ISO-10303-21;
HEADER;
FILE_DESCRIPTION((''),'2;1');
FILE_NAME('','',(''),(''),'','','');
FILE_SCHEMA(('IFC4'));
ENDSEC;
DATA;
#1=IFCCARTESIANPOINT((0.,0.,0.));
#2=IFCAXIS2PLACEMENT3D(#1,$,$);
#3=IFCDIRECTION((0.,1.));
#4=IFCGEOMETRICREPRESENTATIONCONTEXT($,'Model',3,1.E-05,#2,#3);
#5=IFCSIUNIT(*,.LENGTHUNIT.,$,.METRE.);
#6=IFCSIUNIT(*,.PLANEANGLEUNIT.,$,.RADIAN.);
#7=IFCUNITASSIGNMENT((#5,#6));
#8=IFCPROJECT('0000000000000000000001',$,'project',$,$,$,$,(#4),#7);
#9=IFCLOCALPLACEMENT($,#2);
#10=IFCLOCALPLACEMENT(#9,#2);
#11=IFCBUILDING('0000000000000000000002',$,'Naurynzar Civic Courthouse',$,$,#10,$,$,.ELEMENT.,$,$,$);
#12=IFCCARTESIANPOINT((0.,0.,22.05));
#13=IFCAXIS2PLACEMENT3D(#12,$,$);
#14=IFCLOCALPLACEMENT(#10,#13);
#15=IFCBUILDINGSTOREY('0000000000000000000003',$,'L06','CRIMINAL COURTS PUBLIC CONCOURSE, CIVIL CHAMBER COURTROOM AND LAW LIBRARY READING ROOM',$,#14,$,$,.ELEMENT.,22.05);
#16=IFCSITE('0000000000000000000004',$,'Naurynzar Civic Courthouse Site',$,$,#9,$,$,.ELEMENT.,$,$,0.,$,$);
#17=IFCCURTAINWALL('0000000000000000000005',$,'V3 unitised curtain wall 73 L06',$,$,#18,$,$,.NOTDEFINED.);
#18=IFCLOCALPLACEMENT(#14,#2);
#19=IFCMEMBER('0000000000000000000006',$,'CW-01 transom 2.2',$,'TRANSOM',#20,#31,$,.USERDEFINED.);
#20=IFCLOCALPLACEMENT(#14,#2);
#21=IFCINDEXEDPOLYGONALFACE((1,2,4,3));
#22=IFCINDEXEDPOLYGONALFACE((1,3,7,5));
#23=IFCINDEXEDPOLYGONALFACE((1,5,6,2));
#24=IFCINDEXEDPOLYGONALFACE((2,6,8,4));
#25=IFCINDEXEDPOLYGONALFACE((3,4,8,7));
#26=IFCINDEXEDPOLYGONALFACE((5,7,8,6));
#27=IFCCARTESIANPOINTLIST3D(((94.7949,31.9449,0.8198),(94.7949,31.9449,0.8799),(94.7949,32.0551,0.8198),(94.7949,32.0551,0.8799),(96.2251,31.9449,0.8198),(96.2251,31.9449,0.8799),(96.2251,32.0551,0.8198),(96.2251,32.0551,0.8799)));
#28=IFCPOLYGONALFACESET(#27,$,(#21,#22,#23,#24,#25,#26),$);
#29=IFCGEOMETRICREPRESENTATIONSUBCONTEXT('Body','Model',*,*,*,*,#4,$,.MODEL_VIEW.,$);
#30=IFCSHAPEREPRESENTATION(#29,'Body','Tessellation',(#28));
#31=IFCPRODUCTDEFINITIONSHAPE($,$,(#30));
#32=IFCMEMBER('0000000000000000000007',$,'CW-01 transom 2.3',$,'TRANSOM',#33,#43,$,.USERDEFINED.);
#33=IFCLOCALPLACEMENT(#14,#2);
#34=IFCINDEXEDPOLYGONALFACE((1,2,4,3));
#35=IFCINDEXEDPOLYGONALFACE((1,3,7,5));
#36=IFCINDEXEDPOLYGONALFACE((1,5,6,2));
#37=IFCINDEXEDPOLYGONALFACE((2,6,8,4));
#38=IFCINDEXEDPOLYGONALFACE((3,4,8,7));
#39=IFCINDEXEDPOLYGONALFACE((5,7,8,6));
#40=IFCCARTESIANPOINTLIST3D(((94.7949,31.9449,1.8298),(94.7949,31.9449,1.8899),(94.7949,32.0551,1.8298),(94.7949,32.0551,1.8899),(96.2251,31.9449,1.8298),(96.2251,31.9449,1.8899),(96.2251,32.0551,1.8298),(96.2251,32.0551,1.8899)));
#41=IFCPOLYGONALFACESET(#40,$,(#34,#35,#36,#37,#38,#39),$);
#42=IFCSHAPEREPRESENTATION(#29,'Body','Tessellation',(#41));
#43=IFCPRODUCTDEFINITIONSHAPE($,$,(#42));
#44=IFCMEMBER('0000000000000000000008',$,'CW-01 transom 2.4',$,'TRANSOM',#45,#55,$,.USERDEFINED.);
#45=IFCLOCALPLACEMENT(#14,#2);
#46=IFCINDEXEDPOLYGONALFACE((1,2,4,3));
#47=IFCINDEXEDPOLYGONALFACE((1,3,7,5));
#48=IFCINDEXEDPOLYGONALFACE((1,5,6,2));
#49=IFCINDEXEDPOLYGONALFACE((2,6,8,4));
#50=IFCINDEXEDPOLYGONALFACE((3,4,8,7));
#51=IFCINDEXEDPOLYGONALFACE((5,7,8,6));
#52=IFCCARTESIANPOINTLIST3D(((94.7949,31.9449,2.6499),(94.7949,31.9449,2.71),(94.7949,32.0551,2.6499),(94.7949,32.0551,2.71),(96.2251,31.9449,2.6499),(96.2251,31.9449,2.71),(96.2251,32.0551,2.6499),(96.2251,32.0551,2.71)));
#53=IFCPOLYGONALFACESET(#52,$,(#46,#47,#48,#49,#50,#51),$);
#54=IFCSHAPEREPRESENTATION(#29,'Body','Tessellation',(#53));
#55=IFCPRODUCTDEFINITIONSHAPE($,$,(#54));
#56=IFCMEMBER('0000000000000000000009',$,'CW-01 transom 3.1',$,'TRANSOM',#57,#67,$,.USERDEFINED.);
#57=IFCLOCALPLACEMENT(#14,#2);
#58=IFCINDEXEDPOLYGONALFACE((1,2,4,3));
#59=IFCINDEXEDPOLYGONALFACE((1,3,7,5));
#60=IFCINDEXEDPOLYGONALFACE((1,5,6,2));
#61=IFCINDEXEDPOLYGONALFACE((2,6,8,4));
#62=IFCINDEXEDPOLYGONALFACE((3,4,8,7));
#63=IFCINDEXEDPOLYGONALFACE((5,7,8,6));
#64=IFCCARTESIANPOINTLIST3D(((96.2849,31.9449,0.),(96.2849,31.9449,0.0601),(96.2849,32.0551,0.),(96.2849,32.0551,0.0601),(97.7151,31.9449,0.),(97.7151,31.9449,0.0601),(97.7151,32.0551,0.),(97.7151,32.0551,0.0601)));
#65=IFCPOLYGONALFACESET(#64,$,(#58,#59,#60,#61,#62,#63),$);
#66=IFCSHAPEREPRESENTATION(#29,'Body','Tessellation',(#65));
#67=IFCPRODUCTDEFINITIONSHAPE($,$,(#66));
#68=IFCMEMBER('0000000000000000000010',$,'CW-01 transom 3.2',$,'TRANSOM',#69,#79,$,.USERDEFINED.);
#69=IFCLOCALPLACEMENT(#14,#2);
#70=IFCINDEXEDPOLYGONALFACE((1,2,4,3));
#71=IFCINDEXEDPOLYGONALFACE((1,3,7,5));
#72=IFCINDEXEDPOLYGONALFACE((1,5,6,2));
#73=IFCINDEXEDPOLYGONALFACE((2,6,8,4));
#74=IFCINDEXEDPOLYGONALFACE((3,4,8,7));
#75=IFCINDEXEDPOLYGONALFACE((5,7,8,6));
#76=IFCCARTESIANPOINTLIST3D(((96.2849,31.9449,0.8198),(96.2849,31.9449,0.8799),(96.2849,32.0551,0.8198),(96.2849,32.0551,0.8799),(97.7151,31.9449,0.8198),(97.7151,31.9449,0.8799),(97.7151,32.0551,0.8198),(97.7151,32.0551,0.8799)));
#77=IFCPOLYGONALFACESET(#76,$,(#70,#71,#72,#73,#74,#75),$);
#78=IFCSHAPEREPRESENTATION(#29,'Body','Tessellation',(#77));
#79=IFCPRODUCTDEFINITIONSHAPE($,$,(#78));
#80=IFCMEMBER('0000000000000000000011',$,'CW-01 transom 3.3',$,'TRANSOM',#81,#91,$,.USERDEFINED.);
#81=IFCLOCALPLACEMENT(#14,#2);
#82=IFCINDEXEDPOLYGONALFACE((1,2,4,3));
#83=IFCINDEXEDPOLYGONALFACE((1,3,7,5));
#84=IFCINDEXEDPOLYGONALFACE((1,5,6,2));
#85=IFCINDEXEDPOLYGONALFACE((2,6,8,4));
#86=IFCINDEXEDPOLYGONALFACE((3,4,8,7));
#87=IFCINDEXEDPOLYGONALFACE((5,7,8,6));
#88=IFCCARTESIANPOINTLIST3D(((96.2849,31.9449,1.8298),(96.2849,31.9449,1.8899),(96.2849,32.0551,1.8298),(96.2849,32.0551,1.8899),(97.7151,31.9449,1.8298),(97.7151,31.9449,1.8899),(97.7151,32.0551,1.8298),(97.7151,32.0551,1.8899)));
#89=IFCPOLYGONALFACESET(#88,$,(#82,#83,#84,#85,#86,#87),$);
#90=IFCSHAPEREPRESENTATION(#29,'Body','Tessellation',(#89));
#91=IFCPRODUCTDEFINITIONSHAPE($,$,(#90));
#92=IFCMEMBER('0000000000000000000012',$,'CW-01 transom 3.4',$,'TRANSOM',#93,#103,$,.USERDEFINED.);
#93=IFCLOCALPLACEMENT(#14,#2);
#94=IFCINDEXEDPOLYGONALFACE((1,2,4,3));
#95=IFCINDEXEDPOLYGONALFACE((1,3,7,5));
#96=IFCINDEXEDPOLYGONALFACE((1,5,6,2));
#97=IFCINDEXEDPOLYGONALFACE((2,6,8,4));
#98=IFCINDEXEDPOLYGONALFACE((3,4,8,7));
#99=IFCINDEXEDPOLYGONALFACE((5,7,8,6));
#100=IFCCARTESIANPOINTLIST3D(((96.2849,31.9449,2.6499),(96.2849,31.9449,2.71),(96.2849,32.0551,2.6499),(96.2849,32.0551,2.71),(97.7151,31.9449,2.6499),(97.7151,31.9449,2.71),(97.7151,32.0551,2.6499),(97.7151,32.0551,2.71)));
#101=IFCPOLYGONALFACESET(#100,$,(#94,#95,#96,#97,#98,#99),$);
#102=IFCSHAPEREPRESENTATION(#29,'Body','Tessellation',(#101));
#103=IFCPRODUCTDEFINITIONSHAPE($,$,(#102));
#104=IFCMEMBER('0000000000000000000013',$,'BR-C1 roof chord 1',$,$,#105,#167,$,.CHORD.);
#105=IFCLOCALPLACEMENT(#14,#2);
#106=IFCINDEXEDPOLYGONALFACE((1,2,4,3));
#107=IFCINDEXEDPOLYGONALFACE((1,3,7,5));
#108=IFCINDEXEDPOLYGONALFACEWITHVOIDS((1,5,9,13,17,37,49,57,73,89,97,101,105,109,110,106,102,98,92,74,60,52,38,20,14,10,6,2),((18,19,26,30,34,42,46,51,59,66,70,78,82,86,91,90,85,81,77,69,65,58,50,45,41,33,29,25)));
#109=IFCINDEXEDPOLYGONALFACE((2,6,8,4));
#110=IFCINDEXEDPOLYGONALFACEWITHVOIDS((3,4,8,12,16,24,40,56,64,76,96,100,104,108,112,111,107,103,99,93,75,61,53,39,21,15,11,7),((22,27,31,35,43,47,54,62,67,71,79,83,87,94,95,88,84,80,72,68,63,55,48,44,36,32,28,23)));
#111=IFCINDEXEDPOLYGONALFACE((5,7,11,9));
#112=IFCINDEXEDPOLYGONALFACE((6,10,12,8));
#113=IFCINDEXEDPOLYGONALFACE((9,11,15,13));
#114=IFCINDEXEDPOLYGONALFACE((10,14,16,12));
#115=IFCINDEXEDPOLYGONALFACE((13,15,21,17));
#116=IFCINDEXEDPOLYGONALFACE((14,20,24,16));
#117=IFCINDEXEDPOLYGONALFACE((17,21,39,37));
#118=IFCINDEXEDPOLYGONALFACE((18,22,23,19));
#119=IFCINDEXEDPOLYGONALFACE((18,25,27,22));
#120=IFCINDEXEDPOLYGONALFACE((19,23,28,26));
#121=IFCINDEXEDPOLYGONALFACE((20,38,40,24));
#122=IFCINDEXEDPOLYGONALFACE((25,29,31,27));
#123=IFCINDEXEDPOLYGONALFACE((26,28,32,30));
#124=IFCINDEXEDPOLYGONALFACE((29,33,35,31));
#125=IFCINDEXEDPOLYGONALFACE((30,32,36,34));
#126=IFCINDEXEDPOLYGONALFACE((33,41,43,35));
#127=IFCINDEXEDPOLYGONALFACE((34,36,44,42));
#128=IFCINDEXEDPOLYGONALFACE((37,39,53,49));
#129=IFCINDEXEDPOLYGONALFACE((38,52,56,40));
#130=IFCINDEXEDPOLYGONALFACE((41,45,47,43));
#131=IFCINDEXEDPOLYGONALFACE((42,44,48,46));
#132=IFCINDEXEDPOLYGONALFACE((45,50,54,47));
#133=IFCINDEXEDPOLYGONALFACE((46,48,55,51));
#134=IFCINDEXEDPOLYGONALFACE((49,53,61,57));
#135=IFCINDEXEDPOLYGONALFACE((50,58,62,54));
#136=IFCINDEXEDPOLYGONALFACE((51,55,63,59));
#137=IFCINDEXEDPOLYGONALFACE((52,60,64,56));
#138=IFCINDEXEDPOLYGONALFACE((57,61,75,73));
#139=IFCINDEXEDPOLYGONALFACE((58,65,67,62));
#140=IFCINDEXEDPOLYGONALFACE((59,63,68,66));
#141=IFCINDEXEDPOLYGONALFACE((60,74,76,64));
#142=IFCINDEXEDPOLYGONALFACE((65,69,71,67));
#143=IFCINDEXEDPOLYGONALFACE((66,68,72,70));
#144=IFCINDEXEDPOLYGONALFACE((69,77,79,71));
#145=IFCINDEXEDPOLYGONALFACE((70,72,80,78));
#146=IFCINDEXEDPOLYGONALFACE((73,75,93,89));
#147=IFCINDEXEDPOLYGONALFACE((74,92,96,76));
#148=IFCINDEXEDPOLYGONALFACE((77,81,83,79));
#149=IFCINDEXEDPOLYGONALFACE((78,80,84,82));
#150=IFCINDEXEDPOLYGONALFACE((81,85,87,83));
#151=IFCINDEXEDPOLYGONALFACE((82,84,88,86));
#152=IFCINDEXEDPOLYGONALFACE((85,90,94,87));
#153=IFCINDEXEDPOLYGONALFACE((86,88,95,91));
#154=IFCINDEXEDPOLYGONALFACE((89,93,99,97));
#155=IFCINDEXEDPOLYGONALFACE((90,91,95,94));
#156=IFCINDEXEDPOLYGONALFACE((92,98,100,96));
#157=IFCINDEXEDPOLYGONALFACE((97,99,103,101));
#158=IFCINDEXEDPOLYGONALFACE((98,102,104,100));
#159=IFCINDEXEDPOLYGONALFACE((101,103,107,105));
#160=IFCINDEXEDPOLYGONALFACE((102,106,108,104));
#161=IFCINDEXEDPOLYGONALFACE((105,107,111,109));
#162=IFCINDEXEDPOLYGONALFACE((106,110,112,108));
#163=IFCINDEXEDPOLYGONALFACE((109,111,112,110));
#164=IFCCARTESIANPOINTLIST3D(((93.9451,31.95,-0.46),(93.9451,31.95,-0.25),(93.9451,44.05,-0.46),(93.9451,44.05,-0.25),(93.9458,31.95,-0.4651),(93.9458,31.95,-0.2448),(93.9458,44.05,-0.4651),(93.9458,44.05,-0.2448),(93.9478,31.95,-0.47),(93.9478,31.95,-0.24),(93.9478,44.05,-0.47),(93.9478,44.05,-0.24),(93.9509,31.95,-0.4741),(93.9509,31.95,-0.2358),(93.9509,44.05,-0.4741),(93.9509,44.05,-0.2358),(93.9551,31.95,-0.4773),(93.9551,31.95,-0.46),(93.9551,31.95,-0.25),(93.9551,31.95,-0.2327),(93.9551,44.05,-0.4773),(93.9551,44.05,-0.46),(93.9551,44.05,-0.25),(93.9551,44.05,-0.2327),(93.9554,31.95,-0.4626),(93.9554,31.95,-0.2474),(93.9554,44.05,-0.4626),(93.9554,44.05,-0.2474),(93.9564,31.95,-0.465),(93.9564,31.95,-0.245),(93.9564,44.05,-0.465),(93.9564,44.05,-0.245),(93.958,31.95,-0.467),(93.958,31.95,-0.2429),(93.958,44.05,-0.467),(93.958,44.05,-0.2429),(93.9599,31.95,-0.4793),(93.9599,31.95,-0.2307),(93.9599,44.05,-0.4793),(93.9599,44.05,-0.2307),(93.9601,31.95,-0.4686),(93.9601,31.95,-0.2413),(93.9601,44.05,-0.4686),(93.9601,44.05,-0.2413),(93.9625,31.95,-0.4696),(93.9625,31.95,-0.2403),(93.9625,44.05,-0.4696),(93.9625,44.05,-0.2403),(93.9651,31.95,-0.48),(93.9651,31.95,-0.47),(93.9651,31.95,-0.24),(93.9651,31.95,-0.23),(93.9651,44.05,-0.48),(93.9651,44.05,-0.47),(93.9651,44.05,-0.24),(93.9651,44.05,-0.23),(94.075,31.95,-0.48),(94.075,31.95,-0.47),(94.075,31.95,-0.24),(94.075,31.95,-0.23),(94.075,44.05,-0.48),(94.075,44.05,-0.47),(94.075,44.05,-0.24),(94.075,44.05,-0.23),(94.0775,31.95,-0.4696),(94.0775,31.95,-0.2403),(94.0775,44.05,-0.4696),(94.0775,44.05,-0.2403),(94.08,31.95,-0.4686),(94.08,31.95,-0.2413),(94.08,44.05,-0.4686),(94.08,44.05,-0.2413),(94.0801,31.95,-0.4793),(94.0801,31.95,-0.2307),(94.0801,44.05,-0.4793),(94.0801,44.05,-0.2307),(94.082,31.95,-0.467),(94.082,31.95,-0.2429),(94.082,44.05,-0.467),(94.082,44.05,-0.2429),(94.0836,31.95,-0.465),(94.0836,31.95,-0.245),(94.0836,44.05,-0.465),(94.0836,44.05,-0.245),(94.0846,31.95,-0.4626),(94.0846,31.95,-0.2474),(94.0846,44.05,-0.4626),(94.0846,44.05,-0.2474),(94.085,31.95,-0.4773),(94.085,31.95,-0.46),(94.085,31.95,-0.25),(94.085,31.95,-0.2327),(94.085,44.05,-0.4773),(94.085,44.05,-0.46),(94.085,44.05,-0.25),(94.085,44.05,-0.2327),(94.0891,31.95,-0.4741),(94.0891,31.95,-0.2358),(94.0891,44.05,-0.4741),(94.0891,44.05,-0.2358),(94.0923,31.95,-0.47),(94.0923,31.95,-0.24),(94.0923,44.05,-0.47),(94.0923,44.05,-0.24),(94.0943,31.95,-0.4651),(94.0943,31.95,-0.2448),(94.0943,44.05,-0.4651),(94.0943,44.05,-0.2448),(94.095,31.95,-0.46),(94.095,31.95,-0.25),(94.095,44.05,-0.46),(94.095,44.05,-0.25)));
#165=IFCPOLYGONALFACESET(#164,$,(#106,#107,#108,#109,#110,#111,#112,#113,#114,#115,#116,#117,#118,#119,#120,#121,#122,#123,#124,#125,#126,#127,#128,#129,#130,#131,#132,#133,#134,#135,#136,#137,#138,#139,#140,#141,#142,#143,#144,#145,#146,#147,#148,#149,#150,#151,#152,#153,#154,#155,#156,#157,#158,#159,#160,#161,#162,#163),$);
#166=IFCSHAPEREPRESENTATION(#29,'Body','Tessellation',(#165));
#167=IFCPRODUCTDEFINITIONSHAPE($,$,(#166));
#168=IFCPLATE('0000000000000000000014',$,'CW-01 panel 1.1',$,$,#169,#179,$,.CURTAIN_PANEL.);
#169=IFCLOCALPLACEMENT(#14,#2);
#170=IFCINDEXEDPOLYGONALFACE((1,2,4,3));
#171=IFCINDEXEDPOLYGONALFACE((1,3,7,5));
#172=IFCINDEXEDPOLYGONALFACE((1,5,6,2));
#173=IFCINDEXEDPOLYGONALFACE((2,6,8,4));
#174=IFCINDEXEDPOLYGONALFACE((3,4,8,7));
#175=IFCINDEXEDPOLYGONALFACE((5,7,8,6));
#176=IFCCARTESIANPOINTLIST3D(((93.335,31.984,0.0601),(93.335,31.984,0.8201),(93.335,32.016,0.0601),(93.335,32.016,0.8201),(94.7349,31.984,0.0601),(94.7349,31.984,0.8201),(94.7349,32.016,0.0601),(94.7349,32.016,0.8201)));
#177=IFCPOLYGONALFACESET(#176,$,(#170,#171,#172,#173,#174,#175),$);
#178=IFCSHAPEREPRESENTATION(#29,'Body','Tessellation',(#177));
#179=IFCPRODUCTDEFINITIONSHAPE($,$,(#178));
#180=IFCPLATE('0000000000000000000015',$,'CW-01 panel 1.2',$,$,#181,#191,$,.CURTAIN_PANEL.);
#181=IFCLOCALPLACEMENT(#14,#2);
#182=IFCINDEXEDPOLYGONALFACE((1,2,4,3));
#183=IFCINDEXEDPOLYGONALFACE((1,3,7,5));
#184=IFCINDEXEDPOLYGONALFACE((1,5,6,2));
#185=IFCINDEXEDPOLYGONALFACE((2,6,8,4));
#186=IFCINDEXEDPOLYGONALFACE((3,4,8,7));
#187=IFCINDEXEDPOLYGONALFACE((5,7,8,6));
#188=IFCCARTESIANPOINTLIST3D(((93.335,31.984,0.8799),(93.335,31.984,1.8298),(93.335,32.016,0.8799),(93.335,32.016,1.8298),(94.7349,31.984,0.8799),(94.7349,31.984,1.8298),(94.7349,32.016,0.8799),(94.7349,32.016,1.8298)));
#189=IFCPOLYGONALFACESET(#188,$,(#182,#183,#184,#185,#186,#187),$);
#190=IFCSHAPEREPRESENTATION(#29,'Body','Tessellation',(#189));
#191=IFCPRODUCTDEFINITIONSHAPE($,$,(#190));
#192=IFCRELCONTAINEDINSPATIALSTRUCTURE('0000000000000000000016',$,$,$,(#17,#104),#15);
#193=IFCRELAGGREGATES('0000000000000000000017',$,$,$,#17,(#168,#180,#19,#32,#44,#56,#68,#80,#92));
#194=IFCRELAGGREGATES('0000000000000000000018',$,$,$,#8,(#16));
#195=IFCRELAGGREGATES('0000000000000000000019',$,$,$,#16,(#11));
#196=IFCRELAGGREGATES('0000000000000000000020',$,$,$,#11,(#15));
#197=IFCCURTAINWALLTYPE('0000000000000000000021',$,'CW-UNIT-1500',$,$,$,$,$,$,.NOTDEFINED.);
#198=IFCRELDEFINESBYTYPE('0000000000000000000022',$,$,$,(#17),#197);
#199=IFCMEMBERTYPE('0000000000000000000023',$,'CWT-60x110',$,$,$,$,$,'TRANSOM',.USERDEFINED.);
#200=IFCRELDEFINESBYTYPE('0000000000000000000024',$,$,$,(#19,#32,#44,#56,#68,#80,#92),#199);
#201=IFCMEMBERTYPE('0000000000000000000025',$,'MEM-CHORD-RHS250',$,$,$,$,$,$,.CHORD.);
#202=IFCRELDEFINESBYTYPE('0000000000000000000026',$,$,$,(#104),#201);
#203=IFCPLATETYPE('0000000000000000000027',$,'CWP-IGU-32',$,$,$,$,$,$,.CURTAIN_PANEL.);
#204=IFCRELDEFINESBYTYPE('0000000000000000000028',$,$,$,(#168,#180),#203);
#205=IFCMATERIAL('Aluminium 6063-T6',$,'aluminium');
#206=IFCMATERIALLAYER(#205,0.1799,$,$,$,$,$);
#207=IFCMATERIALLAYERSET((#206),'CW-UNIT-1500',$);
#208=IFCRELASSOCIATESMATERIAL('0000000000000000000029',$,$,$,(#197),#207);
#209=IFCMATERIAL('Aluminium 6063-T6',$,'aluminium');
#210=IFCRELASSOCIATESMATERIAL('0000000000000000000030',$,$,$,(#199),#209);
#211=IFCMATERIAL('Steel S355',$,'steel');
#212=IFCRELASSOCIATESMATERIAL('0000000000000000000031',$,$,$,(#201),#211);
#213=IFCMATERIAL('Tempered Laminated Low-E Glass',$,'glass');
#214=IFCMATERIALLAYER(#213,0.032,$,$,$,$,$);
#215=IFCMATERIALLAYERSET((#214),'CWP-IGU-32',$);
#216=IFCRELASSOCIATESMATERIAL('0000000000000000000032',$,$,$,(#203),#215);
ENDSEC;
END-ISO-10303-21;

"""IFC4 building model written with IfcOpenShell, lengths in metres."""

from ifc_helpers import new_model, si_unit, direction, frame, origin, origin_2d, place, context, subcontext, project, spatial, rectangle, hollow_rectangle, extrude, material, layer, layer_set, material_profile, profile_set, type_object, element, aggregate, save


model = new_model("IFC4")

# Units and contexts
model_context = context("Model", 3, precision=1e-05, world=origin(), true_north=direction((0.0, 1.0)))
body_context = subcontext(model_context, "Body", "Model", "MODEL_VIEW")
ifc_project = project(units=[si_unit("LENGTHUNIT", "METRE"), si_unit("PLANEANGLEUNIT", "RADIAN")], contexts=[model_context])

# Site, building, storey
site_placement = place(None, origin())
site = spatial("IfcSite", under=ifc_project, at=site_placement, Name="Naurynzar Civic Courthouse Site", CompositionType="ELEMENT", RefElevation=0.0)
building_placement = place(site_placement, origin())
building = spatial("IfcBuilding", under=site, at=building_placement, Name="Naurynzar Civic Courthouse", CompositionType="ELEMENT")
storey_placement = place(building_placement, frame((0.0, 0.0, 22.05)))
storey = spatial("IfcBuildingStorey", under=building, at=storey_placement, Name="L06", Description="CRIMINAL COURTS PUBLIC CONCOURSE, CIVIL CHAMBER COURTROOM AND LAW LIBRARY READING ROOM", CompositionType="ELEMENT", Elevation=22.05)

# Curtain wall, members
ifc_material_1 = material(Name="Aluminium 6063-T6", Category="aluminium")
ifc_layer_1 = layer(ifc_material_1, 0.1799)
ifc_layer_set_1 = layer_set([ifc_layer_1], Name="CW-UNIT-1500")
curtain_wall_type = type_object("IfcCurtainWallType", Name="CW-UNIT-1500", PredefinedType="NOTDEFINED", material=ifc_layer_set_1)
curtain_wall_placement = place(storey_placement, origin())
curtain_wall = element("IfcCurtainWall", 1, at=curtain_wall_placement, inside=storey, type_object=curtain_wall_type, Name="V3 unitised curtain wall 73 L06", PredefinedType="NOTDEFINED")
ifc_material_2 = material(Name="Aluminium 6063-T6", Category="aluminium")
ifc_material_profile_1 = material_profile(ifc_material_2, rectangle(XDim=0.1101, YDim=0.0601, at=origin_2d()), Name="ALU TRANSOM 60x110")
ifc_profile_set_1 = profile_set([ifc_material_profile_1], Name="Aluminium 6063-T6")
member_type_1 = type_object("IfcMemberType", Name="CWT-60x110", ElementType="TRANSOM", PredefinedType="USERDEFINED", material=ifc_profile_set_1)
member_1_placement = place(storey_placement, frame((94.7949, 32.0, 0.8499), z_axis=(1.0, 0.0, 0.0), x_axis=(0.0, 1.0, 0.0)))
member_1 = element("IfcMember", 2, at=member_1_placement, type_object=member_type_1, Name="CW-01 transom 2.2", ObjectType="TRANSOM", PredefinedType="USERDEFINED", context=body_context, shape_type="SweptSolid", body=[
    extrude(rectangle(XDim=0.1101, YDim=0.0601, at=origin_2d()), origin(), (0.0, 0.0, 1.0), 1.4302),
])
member_2_placement = place(storey_placement, frame((94.7949, 32.0, 1.8599), z_axis=(1.0, 0.0, 0.0), x_axis=(0.0, 1.0, 0.0)))
member_2 = element("IfcMember", 3, at=member_2_placement, type_object=member_type_1, Name="CW-01 transom 2.3", ObjectType="TRANSOM", PredefinedType="USERDEFINED", context=body_context, shape_type="SweptSolid", body=[
    extrude(rectangle(XDim=0.1101, YDim=0.0601, at=origin_2d()), origin(), (0.0, 0.0, 1.0), 1.4302),
])
member_3_placement = place(storey_placement, frame((94.7949, 32.0, 2.6799), z_axis=(1.0, 0.0, 0.0), x_axis=(0.0, 1.0, 0.0)))
member_3 = element("IfcMember", 4, at=member_3_placement, type_object=member_type_1, Name="CW-01 transom 2.4", ObjectType="TRANSOM", PredefinedType="USERDEFINED", context=body_context, shape_type="SweptSolid", body=[
    extrude(rectangle(XDim=0.1101, YDim=0.0601, at=origin_2d()), origin(), (0.0, 0.0, 1.0), 1.4302),
])
member_4_placement = place(storey_placement, frame((96.2849, 32.0, 0.03), z_axis=(1.0, 0.0, 0.0), x_axis=(0.0, 1.0, 0.0)))
member_4 = element("IfcMember", 5, at=member_4_placement, type_object=member_type_1, Name="CW-01 transom 3.1", ObjectType="TRANSOM", PredefinedType="USERDEFINED", context=body_context, shape_type="SweptSolid", body=[
    extrude(rectangle(XDim=0.1101, YDim=0.0601, at=origin_2d()), origin(), (0.0, 0.0, 1.0), 1.4302),
])
member_5_placement = place(storey_placement, frame((96.2849, 32.0, 0.8499), z_axis=(1.0, 0.0, 0.0), x_axis=(0.0, 1.0, 0.0)))
member_5 = element("IfcMember", 6, at=member_5_placement, type_object=member_type_1, Name="CW-01 transom 3.2", ObjectType="TRANSOM", PredefinedType="USERDEFINED", context=body_context, shape_type="SweptSolid", body=[
    extrude(rectangle(XDim=0.1101, YDim=0.0601, at=origin_2d()), origin(), (0.0, 0.0, 1.0), 1.4302),
])
member_6_placement = place(storey_placement, frame((96.2849, 32.0, 1.8599), z_axis=(1.0, 0.0, 0.0), x_axis=(0.0, 1.0, 0.0)))
member_6 = element("IfcMember", 7, at=member_6_placement, type_object=member_type_1, Name="CW-01 transom 3.3", ObjectType="TRANSOM", PredefinedType="USERDEFINED", context=body_context, shape_type="SweptSolid", body=[
    extrude(rectangle(XDim=0.1101, YDim=0.0601, at=origin_2d()), origin(), (0.0, 0.0, 1.0), 1.4302),
])
member_7_placement = place(storey_placement, frame((96.2849, 32.0, 2.6799), z_axis=(1.0, 0.0, 0.0), x_axis=(0.0, 1.0, 0.0)))
member_7 = element("IfcMember", 8, at=member_7_placement, type_object=member_type_1, Name="CW-01 transom 3.4", ObjectType="TRANSOM", PredefinedType="USERDEFINED", context=body_context, shape_type="SweptSolid", body=[
    extrude(rectangle(XDim=0.1101, YDim=0.0601, at=origin_2d()), origin(), (0.0, 0.0, 1.0), 1.4302),
])

# Member
ifc_material_3 = material(Name="Steel S355", Category="steel")
ifc_material_profile_2 = material_profile(ifc_material_3, hollow_rectangle(XDim=0.1499, YDim=0.25, WallThickness=0.01, InnerFilletRadius=0.01, OuterFilletRadius=0.02, at=origin_2d()), Name="RHS 250x150x10")
ifc_profile_set_2 = profile_set([ifc_material_profile_2], Name="Steel S355")
member_type_2 = type_object("IfcMemberType", Name="MEM-CHORD-RHS250", PredefinedType="CHORD", material=ifc_profile_set_2)
member_8_placement = place(storey_placement, frame((94.02, 31.95, -0.355), z_axis=(0.0, 1.0, 0.0), x_axis=(-1.0, 0.0, 0.0)))
element("IfcMember", 9, at=member_8_placement, inside=storey, type_object=member_type_2, Name="BR-C1 roof chord 1", PredefinedType="CHORD", context=body_context, shape_type="SweptSolid", body=[
    extrude(hollow_rectangle(XDim=0.1499, YDim=0.25, WallThickness=0.01, InnerFilletRadius=0.01, OuterFilletRadius=0.02, at=origin_2d()), origin(), (0.0, 0.0, 1.0), 12.1001),
])

# Plates
ifc_material_4 = material(Name="Tempered Laminated Low-E Glass", Category="glass")
ifc_layer_2 = layer(ifc_material_4, 0.032)
ifc_layer_set_2 = layer_set([ifc_layer_2], Name="CWP-IGU-32")
plate_type = type_object("IfcPlateType", Name="CWP-IGU-32", PredefinedType="CURTAIN_PANEL", material=ifc_layer_set_2)
plate_1_placement = place(storey_placement, frame((94.0349, 32.0, 0.0601), z_axis=(0.0, 0.0, 1.0), x_axis=(1.0, 0.0, 0.0)))
plate_1 = element("IfcPlate", 10, at=plate_1_placement, type_object=plate_type, Name="CW-01 panel 1.1", PredefinedType="CURTAIN_PANEL", context=body_context, shape_type="SweptSolid", body=[
    extrude(rectangle(XDim=1.3999, YDim=0.032, at=origin_2d()), origin(), (0.0, 0.0, 1.0), 0.76),
])
plate_2_placement = place(storey_placement, frame((94.0349, 32.0, 0.8799), z_axis=(0.0, 0.0, 1.0), x_axis=(1.0, 0.0, 0.0)))
plate_2 = element("IfcPlate", 11, at=plate_2_placement, type_object=plate_type, Name="CW-01 panel 1.2", PredefinedType="CURTAIN_PANEL", context=body_context, shape_type="SweptSolid", body=[
    extrude(rectangle(XDim=1.3999, YDim=0.032, at=origin_2d()), origin(), (0.0, 0.0, 1.0), 0.95),
])
aggregate(curtain_wall, [plate_1, plate_2, member_1, member_2, member_3, member_4, member_5, member_6, member_7])

save(model, "model.ifc")
